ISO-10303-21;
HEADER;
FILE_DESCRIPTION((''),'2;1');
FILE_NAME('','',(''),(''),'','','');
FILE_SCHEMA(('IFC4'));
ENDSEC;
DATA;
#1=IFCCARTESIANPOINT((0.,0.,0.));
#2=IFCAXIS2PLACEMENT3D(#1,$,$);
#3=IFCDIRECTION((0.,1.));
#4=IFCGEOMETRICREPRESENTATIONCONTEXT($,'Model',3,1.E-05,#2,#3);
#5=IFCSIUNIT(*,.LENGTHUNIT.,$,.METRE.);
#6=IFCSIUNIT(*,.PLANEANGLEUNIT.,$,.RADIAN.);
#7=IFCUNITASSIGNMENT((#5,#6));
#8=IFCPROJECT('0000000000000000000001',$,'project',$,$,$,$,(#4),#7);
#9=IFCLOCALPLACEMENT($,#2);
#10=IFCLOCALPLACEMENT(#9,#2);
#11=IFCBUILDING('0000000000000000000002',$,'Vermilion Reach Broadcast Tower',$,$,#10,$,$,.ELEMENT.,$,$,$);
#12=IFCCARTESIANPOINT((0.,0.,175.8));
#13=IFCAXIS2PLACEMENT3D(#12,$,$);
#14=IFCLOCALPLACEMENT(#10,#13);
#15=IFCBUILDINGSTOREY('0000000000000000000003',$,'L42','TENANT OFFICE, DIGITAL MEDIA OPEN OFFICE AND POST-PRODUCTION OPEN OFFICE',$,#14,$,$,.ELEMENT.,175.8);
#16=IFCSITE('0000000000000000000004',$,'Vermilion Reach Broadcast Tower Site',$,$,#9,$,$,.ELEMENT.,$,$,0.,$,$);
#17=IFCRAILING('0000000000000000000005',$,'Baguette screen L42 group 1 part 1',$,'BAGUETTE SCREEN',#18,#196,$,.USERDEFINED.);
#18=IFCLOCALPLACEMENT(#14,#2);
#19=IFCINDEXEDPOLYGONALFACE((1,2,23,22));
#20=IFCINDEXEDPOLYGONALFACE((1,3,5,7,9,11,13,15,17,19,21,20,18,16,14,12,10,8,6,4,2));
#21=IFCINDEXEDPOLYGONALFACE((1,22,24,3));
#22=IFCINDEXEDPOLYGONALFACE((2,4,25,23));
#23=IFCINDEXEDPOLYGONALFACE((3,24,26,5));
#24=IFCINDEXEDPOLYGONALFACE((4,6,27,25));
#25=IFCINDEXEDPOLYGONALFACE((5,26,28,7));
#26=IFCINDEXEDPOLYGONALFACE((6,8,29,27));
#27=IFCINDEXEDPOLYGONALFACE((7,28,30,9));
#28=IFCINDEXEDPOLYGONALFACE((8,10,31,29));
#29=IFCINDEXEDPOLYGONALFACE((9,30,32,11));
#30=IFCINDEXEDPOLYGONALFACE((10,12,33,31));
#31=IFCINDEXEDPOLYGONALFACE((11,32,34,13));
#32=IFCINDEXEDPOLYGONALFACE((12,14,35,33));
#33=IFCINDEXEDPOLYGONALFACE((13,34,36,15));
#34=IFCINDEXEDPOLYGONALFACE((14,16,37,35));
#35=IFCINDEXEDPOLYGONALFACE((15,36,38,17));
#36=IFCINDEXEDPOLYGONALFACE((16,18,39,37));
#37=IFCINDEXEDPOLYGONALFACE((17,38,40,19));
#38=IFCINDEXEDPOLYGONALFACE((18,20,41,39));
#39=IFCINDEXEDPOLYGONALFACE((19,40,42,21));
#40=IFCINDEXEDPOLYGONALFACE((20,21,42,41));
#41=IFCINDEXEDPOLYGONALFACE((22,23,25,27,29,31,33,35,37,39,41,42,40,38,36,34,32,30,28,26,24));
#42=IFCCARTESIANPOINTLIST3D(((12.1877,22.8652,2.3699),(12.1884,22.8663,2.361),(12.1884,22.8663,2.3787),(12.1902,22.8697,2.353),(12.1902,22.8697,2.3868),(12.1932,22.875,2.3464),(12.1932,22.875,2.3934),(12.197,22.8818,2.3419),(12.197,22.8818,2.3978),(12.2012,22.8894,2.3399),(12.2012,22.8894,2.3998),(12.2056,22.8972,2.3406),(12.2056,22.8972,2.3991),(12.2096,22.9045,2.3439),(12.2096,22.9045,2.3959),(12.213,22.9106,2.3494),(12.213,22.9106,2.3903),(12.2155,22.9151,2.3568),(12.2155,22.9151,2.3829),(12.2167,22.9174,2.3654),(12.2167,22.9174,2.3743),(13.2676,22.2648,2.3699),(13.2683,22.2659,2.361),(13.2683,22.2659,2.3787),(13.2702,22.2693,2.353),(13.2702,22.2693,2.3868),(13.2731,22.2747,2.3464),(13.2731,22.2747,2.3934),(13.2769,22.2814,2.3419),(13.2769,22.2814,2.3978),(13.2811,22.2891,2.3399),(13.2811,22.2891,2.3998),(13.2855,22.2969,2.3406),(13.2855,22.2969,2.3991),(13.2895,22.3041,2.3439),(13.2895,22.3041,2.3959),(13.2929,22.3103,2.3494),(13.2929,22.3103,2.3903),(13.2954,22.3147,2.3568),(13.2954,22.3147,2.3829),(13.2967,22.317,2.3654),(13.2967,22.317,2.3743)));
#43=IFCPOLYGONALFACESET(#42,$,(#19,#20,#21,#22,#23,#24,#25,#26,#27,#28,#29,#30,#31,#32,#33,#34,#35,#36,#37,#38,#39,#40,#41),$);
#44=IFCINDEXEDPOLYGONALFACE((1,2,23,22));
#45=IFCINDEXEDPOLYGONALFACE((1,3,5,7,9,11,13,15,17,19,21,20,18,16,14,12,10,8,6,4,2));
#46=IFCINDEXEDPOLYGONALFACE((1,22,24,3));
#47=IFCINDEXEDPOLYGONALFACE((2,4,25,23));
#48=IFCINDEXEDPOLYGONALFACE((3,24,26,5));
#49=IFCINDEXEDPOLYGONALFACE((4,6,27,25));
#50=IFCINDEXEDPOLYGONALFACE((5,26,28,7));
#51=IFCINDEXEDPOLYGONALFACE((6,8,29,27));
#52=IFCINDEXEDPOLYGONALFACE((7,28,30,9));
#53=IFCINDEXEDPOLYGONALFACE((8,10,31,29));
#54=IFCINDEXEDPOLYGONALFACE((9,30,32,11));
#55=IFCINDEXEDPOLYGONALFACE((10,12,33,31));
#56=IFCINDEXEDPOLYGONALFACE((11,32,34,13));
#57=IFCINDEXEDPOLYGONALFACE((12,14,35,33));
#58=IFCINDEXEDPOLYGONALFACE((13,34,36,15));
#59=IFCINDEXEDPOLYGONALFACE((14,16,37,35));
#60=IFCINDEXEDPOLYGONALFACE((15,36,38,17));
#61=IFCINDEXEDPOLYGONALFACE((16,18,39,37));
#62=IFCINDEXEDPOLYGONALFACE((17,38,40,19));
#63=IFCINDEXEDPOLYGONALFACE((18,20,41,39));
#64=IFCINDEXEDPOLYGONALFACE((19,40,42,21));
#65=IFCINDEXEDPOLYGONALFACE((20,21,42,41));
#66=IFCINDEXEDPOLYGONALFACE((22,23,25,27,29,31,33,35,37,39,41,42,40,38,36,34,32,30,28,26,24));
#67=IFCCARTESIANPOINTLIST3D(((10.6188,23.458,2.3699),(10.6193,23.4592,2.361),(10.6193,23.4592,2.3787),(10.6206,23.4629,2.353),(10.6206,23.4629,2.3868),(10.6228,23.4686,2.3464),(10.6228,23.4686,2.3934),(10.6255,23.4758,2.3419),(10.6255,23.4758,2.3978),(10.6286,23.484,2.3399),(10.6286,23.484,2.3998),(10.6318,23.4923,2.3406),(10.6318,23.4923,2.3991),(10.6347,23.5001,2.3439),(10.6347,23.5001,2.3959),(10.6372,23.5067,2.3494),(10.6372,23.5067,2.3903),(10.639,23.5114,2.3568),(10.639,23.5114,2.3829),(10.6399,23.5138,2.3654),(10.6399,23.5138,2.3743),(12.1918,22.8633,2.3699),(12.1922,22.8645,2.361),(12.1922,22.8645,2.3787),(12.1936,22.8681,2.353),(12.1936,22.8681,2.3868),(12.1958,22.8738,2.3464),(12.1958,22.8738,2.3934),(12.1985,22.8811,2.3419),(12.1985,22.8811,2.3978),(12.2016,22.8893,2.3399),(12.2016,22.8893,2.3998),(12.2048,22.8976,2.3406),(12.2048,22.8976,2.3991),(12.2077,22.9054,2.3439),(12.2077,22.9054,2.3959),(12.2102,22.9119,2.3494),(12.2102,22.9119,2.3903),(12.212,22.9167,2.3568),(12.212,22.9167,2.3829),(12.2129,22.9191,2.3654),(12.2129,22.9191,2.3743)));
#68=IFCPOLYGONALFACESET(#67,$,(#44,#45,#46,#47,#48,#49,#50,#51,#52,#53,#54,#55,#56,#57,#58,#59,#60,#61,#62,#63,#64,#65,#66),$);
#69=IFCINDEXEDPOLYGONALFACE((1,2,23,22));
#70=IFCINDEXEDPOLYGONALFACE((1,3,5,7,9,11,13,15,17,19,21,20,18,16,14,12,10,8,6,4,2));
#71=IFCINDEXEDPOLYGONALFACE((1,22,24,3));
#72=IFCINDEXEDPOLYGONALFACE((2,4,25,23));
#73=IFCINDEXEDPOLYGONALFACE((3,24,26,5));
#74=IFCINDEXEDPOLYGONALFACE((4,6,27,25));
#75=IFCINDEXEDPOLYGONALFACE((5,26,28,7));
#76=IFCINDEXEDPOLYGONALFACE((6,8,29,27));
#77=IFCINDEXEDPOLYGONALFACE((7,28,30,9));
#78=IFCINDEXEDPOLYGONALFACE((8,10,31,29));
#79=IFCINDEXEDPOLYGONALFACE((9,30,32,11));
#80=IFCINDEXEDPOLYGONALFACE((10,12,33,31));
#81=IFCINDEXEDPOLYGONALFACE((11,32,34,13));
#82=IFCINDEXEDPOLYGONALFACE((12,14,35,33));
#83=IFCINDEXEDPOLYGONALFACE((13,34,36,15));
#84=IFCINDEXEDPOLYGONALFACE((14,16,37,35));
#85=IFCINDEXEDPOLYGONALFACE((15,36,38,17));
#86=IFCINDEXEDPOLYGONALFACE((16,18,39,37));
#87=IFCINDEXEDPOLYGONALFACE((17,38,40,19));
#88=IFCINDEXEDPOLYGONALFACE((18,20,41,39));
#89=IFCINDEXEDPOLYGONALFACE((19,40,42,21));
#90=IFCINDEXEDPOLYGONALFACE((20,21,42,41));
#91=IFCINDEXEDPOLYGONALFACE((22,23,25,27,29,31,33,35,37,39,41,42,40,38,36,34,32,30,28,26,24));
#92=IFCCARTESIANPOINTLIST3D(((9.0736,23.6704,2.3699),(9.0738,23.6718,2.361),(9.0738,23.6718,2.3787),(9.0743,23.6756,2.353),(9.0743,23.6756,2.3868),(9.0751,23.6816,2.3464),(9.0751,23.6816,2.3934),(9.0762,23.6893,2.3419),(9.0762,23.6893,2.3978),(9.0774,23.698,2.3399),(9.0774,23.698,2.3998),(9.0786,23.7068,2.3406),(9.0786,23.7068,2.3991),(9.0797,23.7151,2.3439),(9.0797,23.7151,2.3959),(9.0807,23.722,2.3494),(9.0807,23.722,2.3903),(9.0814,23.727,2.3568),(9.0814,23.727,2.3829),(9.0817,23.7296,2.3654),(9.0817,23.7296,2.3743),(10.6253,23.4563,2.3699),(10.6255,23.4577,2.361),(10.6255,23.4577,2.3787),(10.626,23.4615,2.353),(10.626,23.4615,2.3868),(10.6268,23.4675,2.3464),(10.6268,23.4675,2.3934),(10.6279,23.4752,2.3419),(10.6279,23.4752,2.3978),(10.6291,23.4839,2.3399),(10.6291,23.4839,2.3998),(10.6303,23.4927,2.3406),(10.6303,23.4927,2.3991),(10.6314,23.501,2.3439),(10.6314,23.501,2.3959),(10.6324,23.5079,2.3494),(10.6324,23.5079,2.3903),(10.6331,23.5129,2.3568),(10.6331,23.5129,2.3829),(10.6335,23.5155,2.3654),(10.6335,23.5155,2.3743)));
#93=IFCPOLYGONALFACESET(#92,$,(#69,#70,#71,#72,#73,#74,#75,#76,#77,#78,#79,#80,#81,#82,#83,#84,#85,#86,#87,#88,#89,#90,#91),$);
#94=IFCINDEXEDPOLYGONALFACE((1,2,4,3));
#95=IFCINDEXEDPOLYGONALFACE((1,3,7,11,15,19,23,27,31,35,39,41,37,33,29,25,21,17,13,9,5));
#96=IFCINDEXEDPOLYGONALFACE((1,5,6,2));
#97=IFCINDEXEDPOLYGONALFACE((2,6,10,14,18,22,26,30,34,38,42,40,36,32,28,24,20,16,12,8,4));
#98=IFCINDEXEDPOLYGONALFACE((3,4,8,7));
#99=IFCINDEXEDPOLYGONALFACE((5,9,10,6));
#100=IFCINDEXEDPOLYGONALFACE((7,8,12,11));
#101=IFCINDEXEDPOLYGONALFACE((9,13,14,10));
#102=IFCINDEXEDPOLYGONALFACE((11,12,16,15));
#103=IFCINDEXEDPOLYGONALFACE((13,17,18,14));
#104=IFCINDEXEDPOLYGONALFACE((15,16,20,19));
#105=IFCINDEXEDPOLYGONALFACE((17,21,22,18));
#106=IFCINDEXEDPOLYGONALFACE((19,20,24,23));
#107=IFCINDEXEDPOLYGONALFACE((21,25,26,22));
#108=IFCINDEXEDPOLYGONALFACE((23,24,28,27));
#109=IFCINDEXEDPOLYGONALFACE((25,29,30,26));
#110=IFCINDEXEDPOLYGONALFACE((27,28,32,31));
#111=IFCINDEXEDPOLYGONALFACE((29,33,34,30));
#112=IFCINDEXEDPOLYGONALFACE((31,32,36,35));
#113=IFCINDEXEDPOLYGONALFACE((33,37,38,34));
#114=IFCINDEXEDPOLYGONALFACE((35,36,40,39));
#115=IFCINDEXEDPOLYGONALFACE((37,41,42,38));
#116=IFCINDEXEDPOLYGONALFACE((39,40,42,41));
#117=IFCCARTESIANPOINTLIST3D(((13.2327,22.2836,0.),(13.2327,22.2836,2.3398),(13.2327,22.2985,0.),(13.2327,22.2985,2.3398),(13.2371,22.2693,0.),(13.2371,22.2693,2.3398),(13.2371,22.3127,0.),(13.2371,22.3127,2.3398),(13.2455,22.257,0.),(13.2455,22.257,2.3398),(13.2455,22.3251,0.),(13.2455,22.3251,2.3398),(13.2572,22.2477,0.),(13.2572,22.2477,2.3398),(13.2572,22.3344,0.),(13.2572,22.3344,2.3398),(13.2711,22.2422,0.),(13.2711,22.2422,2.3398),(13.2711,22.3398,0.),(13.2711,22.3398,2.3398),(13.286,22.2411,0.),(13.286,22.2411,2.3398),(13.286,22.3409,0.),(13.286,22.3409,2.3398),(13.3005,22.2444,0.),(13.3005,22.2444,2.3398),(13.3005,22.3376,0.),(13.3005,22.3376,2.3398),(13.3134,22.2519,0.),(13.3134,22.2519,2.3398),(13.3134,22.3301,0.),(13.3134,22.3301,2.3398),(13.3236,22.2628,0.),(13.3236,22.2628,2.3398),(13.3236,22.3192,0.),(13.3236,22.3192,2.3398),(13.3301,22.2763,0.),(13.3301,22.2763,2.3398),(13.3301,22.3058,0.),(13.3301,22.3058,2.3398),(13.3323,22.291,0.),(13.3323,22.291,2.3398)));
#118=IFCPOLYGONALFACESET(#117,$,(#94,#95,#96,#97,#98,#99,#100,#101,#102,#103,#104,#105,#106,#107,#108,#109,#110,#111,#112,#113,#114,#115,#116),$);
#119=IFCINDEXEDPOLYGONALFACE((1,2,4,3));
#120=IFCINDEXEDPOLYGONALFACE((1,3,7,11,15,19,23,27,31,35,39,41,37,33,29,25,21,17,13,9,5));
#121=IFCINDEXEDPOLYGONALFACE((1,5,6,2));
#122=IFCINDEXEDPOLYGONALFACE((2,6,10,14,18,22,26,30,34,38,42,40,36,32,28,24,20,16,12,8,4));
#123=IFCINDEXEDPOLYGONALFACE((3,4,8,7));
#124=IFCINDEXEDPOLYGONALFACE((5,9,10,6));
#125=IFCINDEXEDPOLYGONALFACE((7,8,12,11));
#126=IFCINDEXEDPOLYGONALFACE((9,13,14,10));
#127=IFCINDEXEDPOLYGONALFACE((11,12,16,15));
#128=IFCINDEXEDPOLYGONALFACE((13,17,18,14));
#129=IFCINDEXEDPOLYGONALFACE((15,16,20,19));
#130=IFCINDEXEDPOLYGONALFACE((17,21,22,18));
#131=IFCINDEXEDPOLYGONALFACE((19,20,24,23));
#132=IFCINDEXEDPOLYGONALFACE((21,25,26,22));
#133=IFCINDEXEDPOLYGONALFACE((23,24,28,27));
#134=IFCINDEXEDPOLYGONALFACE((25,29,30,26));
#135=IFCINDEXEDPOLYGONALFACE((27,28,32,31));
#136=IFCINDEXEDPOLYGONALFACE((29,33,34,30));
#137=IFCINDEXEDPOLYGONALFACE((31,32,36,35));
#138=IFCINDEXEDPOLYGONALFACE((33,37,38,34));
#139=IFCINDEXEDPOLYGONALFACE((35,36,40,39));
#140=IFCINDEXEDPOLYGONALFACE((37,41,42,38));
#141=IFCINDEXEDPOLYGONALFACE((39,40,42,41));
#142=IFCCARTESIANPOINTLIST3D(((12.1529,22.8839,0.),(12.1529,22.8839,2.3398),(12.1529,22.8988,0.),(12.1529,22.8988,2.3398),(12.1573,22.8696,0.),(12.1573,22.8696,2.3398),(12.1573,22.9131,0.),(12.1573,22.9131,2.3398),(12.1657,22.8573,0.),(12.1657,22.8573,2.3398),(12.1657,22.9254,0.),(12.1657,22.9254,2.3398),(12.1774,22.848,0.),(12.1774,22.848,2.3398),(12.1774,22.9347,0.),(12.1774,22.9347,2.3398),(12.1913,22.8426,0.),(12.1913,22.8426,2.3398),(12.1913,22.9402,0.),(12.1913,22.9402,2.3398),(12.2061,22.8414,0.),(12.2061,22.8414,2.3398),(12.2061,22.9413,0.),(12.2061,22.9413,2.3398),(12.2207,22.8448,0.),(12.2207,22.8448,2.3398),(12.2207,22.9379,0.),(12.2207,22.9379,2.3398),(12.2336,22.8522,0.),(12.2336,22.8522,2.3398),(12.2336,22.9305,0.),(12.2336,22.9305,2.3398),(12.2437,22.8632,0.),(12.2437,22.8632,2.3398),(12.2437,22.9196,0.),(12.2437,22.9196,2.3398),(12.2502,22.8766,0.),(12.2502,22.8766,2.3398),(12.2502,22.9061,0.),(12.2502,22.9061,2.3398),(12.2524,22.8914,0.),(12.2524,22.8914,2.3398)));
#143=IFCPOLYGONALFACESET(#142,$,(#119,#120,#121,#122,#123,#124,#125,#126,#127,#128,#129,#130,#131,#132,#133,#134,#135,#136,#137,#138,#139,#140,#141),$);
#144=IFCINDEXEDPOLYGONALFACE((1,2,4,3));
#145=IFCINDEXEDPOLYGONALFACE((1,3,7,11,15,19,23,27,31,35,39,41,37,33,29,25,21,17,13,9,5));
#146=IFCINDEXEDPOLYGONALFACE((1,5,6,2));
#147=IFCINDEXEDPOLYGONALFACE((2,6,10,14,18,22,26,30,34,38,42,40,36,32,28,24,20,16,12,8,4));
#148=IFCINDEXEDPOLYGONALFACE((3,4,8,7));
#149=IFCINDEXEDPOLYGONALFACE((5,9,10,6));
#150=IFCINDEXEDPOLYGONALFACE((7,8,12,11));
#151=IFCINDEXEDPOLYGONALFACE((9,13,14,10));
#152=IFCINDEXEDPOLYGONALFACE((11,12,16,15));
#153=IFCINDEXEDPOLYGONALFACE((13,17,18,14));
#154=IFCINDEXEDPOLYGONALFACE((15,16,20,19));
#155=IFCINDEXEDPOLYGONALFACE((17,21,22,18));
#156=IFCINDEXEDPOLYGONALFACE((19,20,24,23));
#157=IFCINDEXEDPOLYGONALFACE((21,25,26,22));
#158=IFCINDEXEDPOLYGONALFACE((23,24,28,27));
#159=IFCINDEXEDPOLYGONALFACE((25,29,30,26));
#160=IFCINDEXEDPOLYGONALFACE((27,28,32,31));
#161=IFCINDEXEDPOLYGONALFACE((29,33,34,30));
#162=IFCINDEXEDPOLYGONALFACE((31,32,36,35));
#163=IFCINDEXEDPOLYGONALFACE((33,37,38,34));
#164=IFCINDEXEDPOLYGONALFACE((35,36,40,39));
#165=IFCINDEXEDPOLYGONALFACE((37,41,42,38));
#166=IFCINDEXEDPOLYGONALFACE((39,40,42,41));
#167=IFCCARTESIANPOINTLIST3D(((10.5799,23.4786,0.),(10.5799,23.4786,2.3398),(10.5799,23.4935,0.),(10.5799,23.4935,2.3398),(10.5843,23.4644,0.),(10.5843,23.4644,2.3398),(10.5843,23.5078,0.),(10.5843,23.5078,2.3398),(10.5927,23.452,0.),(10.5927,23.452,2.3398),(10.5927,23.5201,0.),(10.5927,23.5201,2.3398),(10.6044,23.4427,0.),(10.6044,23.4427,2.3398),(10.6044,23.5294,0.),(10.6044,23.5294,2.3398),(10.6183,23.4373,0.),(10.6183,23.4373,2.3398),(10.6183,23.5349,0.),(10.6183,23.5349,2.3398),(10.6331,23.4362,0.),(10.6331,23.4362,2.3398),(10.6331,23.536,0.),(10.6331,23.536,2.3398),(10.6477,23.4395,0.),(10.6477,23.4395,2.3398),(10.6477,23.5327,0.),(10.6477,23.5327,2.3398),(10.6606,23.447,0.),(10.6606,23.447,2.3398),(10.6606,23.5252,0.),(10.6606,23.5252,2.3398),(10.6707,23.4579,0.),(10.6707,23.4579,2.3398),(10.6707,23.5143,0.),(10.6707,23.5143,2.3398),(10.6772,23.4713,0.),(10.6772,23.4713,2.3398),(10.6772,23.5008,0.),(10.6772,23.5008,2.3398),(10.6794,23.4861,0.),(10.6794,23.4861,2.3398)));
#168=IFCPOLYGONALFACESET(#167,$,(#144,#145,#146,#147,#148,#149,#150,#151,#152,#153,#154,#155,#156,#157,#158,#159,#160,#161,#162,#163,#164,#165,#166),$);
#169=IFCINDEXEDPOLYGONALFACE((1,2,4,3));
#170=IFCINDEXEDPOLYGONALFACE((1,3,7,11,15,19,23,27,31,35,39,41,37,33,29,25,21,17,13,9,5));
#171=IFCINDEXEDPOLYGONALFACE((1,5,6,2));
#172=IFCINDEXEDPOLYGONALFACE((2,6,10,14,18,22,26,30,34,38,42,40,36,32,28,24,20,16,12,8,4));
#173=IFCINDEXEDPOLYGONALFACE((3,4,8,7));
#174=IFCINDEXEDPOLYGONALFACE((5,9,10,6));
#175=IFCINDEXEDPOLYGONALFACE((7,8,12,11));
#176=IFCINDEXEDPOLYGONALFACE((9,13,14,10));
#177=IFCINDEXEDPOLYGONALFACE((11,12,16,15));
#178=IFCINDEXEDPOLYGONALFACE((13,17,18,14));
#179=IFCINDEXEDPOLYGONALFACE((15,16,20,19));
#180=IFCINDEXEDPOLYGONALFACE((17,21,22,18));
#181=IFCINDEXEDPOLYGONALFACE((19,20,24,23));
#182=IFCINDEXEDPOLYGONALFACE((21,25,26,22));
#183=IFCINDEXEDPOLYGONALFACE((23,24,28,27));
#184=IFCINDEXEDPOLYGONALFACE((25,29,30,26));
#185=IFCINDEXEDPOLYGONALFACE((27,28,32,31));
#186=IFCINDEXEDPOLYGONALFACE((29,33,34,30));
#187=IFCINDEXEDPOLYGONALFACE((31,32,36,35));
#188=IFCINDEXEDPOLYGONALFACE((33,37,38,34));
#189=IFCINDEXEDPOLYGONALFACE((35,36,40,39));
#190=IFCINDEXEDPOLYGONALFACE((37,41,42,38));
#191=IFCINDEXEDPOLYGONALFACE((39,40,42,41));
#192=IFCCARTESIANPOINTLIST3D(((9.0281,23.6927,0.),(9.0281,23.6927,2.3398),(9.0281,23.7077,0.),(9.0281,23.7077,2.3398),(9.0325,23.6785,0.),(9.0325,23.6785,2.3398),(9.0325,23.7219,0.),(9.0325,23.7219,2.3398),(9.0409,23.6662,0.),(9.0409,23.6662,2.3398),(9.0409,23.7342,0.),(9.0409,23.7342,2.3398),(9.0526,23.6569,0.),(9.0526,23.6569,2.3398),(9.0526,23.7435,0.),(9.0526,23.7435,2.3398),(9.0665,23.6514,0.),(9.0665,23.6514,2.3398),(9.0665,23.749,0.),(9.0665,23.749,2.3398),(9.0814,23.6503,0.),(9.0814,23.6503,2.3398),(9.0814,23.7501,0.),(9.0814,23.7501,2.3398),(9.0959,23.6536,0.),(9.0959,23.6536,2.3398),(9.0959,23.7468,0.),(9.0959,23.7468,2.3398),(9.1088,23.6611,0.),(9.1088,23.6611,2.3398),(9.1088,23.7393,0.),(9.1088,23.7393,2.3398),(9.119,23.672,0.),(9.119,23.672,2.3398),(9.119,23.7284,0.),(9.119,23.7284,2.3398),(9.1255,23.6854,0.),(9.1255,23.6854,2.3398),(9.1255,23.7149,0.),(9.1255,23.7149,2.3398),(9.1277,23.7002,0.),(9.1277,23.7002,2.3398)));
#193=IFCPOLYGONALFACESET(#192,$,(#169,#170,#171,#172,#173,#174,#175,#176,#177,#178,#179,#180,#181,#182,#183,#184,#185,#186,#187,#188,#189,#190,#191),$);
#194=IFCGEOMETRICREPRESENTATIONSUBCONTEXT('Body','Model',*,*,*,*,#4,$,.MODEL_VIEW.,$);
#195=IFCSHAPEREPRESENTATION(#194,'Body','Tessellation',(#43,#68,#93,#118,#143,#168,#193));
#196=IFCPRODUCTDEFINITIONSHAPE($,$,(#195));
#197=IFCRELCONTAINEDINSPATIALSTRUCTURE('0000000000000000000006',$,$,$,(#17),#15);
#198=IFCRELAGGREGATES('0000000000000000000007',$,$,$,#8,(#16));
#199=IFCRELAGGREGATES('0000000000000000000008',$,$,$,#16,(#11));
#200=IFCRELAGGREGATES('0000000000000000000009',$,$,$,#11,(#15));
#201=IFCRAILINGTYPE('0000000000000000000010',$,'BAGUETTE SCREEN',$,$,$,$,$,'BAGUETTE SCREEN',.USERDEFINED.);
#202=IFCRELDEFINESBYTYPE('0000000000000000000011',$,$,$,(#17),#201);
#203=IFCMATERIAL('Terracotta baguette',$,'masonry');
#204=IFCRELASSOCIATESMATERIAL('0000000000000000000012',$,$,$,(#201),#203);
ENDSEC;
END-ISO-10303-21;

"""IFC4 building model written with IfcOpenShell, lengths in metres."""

from ifc_helpers import new_model, si_unit, direction, frame, origin, origin_2d, place, context, subcontext, project, spatial, circle, extrude, material, type_object, element, save


model = new_model("IFC4")

# Units and contexts
model_context = context("Model", 3, precision=1e-05, world=origin(), true_north=direction((0.0, 1.0)))
body_context = subcontext(model_context, "Body", "Model", "MODEL_VIEW")
ifc_project = project(units=[si_unit("LENGTHUNIT", "METRE"), si_unit("PLANEANGLEUNIT", "RADIAN")], contexts=[model_context])

# Site, building, storey
site_placement = place(None, origin())
site = spatial("IfcSite", under=ifc_project, at=site_placement, Name="Vermilion Reach Broadcast Tower Site", CompositionType="ELEMENT", RefElevation=0.0)
building_placement = place(site_placement, origin())
building = spatial("IfcBuilding", under=site, at=building_placement, Name="Vermilion Reach Broadcast Tower", CompositionType="ELEMENT")
storey_placement = place(building_placement, frame((0.0, 0.0, 175.8)))
storey = spatial("IfcBuildingStorey", under=building, at=storey_placement, Name="L42", Description="TENANT OFFICE, DIGITAL MEDIA OPEN OFFICE AND POST-PRODUCTION OPEN OFFICE", CompositionType="ELEMENT", Elevation=175.8)

# Railing
ifc_material_1 = material(Name="Terracotta baguette", Category="masonry")
railing_type_1 = type_object("IfcRailingType", Name="BAGUETTE SCREEN", ElementType="BAGUETTE SCREEN", PredefinedType="USERDEFINED", material=ifc_material_1)
railing_1_placement = place(storey_placement, frame((13.2822, 22.291, 0.0)))
element("IfcRailing", 1, at=railing_1_placement, inside=storey, type_object=railing_type_1, Name="Baguette screen L42 group 1 part 1", ObjectType="BAGUETTE SCREEN", PredefinedType="USERDEFINED", context=body_context, shape_type="SweptSolid", body=[
    extrude(circle(Radius=0.03, at=origin_2d()), frame((0.0, 0.0, 2.3699), z_axis=(-0.874008, 0.485911, 0.0), x_axis=(-0.485911, -0.874008, 0.0)), (0.0, 0.0, 1.0), 1.2356),
    extrude(circle(Radius=0.03, at=origin_2d()), frame((-1.0798, 0.6003, 2.3699), z_axis=(-0.935377, 0.353652, 0.0), x_axis=(-0.353652, -0.935377, 0.0)), (0.0, 0.0, 1.0), 1.6816),
    extrude(circle(Radius=0.03, at=origin_2d()), frame((-2.6528, 1.1951, 2.3699), z_axis=(-0.990615, 0.136685, 0.0), x_axis=(-0.136685, -0.990615, 0.0)), (0.0, 0.0, 1.0), 1.5664),
    extrude(circle(Radius=0.05, at=origin_2d()), origin(), (0.0, 0.0, 1.0), 2.3398),
    extrude(circle(Radius=0.05, at=origin_2d()), frame((-1.0798, 0.6003, 0.0)), (0.0, 0.0, 1.0), 2.3398),
    extrude(circle(Radius=0.05, at=origin_2d()), frame((-2.6528, 1.1951, 0.0)), (0.0, 0.0, 1.0), 2.3398),
    extrude(circle(Radius=0.05, at=origin_2d()), frame((-4.2046, 1.4092, 0.0)), (0.0, 0.0, 1.0), 2.3398),
])

save(model, "model.ifc")
